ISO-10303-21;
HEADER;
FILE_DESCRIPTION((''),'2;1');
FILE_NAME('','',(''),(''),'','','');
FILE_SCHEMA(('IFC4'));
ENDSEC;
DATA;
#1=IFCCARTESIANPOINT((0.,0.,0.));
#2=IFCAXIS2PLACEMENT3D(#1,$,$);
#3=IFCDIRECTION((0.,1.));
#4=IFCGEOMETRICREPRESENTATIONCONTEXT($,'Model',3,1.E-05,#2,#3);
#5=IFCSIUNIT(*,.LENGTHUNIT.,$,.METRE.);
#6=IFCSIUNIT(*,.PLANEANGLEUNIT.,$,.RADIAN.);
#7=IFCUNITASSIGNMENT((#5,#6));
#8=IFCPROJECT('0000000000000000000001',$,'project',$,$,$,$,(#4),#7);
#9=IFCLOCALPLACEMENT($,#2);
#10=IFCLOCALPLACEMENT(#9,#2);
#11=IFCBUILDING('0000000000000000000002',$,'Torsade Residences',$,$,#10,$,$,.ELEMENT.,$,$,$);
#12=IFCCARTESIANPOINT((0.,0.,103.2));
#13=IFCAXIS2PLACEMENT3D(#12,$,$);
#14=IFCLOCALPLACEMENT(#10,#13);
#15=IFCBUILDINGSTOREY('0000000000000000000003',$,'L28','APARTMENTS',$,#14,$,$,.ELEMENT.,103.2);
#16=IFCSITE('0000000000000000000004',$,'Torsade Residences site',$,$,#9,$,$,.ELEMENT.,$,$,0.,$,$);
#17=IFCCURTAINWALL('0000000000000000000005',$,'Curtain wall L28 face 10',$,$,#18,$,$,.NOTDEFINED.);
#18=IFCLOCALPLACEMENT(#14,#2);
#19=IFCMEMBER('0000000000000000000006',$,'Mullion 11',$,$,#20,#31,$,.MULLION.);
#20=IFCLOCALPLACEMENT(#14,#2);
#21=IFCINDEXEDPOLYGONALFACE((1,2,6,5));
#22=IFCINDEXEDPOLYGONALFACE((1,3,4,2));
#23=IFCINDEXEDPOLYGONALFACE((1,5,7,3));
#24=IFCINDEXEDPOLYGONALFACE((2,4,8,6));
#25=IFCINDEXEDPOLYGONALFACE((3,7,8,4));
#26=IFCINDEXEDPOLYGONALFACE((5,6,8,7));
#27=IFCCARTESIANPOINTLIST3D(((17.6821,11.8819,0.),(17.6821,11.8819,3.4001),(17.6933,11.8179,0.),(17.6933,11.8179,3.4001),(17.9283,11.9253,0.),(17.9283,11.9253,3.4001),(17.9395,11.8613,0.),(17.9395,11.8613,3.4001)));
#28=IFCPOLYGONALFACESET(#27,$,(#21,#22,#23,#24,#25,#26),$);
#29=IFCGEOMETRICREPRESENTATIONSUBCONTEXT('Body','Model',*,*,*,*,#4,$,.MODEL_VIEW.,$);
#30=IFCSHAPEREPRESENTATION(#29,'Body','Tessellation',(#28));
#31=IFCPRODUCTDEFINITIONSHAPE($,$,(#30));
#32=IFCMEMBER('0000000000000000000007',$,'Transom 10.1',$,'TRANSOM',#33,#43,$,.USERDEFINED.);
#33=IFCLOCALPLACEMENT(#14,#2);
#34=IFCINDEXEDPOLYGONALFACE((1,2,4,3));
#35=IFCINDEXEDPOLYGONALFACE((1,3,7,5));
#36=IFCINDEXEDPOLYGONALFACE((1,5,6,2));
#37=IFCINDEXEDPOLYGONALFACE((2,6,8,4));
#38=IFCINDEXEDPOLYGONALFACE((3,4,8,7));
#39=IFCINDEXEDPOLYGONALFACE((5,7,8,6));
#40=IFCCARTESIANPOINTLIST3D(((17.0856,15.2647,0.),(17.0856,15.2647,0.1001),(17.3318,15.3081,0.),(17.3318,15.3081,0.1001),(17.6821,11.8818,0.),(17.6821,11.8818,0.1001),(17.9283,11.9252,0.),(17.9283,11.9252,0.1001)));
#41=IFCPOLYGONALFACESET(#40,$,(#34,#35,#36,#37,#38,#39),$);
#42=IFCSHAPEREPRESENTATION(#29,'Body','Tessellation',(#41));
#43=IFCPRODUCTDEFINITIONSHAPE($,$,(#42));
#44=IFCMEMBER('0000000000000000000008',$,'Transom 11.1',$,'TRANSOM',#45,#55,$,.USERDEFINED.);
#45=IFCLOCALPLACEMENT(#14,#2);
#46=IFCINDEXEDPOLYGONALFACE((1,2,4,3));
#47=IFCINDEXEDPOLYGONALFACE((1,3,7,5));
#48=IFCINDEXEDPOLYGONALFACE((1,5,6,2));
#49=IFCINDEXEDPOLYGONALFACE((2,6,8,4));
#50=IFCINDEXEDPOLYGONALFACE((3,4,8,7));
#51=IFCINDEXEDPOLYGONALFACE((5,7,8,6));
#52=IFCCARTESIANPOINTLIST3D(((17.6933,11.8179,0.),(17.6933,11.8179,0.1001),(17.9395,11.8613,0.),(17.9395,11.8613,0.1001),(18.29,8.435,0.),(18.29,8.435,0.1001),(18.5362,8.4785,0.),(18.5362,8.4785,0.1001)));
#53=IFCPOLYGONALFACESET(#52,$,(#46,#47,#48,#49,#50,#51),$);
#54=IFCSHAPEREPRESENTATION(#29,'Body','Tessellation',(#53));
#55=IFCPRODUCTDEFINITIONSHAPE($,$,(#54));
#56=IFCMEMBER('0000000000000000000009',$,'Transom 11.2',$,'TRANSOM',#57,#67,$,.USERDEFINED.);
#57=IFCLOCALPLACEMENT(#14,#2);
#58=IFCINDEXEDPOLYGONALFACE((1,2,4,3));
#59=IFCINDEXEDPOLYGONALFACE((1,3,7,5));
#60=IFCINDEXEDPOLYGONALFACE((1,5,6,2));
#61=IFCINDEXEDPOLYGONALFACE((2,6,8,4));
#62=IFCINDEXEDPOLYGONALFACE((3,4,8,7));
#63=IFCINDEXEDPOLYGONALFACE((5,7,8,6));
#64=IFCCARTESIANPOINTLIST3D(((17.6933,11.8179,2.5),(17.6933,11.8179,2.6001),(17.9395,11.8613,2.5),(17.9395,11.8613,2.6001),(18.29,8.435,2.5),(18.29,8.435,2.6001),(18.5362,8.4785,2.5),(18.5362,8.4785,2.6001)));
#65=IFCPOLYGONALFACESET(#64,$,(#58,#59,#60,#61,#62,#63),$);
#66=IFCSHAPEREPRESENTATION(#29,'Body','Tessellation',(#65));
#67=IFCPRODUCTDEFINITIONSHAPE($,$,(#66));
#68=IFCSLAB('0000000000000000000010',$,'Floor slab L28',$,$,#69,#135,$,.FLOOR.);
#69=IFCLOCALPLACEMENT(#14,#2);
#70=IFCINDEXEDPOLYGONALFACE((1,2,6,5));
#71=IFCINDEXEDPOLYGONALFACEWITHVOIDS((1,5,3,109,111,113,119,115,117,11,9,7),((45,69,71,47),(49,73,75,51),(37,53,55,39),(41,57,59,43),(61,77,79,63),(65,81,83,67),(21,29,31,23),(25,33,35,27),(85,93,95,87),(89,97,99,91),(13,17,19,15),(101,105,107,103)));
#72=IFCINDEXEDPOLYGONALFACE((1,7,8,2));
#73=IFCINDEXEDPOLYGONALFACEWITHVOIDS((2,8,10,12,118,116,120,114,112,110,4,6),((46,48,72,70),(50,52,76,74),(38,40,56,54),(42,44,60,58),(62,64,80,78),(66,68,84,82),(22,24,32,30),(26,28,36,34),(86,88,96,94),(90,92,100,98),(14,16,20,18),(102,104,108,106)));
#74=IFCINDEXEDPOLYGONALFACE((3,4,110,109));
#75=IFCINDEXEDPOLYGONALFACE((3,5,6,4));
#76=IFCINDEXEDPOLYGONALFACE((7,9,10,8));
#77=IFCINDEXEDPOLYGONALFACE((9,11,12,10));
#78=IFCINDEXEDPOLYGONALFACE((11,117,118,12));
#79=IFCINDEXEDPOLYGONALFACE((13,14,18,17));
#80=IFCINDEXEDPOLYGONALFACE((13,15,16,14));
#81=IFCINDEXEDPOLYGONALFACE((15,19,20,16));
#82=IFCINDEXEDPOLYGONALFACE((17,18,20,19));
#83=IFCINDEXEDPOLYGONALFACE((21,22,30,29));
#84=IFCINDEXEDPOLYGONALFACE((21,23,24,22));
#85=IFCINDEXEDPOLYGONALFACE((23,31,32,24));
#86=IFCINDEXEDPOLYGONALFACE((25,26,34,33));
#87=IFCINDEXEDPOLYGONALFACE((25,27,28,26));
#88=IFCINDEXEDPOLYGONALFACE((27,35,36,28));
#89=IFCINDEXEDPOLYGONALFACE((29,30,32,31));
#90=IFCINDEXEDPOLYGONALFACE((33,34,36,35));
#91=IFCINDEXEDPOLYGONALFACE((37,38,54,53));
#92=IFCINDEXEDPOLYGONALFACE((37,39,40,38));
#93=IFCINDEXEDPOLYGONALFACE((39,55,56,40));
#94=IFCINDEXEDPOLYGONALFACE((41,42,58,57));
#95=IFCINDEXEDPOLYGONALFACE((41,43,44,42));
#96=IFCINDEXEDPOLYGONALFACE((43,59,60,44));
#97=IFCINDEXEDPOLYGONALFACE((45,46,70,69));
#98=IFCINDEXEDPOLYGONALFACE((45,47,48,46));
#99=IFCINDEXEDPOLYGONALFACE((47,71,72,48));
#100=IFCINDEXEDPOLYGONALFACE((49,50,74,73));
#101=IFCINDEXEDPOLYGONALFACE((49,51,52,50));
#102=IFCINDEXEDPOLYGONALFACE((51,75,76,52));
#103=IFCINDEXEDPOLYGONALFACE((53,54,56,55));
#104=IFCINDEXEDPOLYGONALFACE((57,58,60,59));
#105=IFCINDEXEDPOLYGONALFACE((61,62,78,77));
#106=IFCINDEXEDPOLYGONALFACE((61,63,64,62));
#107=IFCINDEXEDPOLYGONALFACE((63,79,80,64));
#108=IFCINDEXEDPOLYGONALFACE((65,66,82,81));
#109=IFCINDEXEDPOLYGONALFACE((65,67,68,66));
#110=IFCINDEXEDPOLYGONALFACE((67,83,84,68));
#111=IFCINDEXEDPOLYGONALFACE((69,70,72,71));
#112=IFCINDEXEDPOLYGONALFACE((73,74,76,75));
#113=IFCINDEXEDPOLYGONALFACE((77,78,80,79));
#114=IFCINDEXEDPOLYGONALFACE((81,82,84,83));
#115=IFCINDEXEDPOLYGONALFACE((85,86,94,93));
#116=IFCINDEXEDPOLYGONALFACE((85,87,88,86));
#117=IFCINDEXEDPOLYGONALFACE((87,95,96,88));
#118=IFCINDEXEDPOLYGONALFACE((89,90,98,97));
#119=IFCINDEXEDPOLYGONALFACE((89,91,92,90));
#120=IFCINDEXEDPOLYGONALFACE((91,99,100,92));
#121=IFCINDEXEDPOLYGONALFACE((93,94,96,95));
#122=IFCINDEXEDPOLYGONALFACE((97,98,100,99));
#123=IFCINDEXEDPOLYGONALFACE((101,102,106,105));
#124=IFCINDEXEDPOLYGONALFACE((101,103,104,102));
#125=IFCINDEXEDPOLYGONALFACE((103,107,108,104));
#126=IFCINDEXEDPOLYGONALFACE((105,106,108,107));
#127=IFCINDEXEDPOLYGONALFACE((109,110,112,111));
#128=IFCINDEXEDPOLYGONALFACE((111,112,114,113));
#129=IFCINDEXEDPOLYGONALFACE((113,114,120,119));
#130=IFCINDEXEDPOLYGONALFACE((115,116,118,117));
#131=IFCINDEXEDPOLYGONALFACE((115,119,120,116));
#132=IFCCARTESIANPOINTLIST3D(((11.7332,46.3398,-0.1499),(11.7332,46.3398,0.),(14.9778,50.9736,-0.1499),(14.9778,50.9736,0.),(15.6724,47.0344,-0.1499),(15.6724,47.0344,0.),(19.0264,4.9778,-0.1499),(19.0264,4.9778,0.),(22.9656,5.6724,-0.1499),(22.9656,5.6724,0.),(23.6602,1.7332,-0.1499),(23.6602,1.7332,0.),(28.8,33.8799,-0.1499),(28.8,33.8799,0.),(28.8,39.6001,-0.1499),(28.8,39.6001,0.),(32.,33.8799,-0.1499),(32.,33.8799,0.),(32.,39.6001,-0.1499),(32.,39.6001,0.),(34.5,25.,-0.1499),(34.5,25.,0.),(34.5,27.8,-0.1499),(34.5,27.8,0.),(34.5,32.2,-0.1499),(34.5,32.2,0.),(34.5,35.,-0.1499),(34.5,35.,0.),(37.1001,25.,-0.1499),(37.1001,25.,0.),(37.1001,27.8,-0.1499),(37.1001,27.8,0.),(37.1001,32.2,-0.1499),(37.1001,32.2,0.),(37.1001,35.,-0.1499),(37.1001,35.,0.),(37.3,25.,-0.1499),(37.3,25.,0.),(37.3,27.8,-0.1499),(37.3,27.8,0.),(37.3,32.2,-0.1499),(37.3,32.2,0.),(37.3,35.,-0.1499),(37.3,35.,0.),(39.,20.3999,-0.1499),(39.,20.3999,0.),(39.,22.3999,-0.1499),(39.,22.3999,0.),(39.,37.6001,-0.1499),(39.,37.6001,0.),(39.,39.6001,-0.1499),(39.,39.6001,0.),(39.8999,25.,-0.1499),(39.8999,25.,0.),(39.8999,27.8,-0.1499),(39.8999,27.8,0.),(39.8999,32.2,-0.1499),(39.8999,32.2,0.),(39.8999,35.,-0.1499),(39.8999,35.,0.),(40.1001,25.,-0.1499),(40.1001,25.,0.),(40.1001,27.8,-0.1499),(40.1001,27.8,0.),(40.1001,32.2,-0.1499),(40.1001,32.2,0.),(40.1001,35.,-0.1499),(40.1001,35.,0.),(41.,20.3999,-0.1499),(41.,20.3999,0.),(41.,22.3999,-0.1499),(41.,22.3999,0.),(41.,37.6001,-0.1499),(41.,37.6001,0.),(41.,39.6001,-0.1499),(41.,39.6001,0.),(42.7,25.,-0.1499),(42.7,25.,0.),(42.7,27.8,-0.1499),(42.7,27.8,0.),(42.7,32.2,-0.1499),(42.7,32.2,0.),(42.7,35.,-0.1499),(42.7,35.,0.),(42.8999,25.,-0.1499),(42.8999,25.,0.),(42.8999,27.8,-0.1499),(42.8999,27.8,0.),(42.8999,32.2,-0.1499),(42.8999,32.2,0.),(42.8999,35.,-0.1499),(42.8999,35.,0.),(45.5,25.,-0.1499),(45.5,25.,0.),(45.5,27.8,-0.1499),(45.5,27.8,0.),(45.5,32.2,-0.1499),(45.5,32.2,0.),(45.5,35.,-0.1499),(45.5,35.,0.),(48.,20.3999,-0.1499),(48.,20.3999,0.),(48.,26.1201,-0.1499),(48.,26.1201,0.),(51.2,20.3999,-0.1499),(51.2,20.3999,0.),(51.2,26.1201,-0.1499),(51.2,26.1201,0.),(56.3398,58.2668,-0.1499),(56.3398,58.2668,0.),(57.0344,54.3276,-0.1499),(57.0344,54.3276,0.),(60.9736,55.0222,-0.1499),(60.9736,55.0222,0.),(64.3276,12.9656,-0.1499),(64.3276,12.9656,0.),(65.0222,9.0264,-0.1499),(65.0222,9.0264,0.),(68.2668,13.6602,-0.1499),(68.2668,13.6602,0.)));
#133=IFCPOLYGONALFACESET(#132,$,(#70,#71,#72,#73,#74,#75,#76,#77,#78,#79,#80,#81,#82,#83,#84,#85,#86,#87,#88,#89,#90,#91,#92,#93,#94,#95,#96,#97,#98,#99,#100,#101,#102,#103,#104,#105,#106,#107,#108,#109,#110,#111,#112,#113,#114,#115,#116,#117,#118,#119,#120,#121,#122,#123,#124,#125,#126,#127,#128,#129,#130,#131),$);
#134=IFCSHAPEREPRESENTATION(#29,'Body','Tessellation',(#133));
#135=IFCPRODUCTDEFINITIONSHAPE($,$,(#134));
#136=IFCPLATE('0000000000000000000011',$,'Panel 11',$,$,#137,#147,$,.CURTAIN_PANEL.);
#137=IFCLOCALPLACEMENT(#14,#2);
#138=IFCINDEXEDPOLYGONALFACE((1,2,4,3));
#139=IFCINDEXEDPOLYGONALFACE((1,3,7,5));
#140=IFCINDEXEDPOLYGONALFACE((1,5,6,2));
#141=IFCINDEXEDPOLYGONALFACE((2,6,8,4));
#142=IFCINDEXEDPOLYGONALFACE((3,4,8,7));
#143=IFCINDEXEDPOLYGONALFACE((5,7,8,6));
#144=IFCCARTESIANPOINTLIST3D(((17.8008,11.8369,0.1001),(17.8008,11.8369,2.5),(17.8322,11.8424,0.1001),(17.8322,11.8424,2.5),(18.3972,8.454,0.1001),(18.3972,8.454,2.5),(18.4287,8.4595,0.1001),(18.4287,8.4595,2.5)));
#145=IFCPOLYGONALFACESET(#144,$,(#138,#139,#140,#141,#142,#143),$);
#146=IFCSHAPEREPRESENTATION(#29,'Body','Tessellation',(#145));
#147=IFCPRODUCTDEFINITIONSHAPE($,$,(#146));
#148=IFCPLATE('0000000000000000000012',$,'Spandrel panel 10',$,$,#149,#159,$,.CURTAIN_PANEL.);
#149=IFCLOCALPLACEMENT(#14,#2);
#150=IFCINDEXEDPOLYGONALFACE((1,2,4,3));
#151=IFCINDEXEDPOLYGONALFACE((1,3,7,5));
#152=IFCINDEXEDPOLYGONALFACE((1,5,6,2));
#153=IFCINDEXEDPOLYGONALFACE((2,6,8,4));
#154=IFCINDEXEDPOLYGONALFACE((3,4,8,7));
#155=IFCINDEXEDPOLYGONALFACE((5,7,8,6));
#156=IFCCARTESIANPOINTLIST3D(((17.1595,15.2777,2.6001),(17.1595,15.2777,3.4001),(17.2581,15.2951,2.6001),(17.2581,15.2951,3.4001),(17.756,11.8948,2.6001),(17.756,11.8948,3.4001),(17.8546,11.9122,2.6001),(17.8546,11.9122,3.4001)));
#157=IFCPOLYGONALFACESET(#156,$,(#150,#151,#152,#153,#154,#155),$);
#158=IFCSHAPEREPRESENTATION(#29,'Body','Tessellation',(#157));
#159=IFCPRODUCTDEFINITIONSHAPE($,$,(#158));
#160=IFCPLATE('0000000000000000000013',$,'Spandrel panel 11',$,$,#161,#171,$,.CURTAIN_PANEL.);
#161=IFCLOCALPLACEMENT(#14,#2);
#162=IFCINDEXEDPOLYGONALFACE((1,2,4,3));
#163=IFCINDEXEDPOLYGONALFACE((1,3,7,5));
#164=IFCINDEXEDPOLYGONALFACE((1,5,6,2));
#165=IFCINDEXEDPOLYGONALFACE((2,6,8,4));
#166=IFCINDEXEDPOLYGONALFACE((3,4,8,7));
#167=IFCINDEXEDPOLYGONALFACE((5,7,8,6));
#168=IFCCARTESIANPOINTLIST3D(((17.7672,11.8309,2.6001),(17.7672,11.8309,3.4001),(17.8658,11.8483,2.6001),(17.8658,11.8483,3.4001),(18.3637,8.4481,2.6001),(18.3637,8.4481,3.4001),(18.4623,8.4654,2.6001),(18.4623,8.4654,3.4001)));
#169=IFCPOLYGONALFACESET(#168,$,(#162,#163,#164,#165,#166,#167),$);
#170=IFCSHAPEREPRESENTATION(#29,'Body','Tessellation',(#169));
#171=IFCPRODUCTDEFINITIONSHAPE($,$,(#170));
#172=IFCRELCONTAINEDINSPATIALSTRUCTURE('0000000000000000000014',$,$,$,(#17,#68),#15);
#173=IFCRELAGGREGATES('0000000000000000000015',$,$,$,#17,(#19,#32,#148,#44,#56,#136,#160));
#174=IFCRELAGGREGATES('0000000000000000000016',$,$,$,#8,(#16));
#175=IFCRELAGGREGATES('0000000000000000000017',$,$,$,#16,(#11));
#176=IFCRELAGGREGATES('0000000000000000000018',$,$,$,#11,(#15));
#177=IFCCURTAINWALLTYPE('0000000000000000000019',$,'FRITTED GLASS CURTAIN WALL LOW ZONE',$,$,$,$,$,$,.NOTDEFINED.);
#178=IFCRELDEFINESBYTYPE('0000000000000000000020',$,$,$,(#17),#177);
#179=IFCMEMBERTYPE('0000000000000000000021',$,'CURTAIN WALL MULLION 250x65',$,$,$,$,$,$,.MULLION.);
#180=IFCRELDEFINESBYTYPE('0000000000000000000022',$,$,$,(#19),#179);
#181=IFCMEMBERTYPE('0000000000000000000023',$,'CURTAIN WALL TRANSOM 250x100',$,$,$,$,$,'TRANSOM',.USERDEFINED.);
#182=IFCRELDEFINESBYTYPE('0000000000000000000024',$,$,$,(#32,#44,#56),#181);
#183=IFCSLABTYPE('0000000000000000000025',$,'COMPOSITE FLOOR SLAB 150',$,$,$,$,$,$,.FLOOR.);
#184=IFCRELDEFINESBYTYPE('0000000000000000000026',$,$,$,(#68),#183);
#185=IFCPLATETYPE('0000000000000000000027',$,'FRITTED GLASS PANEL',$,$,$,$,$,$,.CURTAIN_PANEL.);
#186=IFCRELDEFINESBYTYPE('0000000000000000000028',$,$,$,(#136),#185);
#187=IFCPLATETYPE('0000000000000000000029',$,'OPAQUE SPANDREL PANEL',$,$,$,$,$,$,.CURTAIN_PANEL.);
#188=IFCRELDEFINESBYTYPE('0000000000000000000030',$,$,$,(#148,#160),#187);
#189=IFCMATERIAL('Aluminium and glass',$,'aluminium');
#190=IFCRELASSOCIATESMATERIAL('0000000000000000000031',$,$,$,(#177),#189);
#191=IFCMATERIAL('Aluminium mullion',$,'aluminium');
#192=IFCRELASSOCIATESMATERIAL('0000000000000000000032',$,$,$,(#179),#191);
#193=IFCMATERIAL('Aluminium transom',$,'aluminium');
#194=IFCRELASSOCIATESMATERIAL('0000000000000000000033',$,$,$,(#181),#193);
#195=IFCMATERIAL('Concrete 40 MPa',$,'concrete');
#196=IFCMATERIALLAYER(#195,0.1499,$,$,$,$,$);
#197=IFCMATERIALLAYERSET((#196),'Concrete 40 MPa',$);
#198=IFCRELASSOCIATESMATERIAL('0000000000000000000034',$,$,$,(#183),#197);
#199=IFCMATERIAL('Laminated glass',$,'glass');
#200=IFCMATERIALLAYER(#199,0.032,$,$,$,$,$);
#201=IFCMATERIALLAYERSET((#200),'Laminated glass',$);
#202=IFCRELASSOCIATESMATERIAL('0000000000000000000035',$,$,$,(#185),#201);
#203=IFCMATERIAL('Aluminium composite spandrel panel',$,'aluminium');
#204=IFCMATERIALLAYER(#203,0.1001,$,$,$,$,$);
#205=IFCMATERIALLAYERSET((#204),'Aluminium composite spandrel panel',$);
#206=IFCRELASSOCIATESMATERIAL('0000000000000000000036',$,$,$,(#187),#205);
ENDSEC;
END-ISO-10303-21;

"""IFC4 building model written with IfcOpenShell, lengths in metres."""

from ifc_helpers import new_model, si_unit, direction, frame, origin, origin_2d, place, context, subcontext, project, spatial, polyline, rectangle, outline, extrude, material, layer, layer_set, material_profile, profile_set, type_object, element, aggregate, save


model = new_model("IFC4")

# Units and contexts
model_context = context("Model", 3, precision=1e-05, world=origin(), true_north=direction((0.0, 1.0)))
body_context = subcontext(model_context, "Body", "Model", "MODEL_VIEW")
ifc_project = project(units=[si_unit("LENGTHUNIT", "METRE"), si_unit("PLANEANGLEUNIT", "RADIAN")], contexts=[model_context])

# Site, building, storey
site_placement = place(None, origin())
site = spatial("IfcSite", under=ifc_project, at=site_placement, Name="Torsade Residences site", CompositionType="ELEMENT", RefElevation=0.0)
building_placement = place(site_placement, origin())
building = spatial("IfcBuilding", under=site, at=building_placement, Name="Torsade Residences", CompositionType="ELEMENT")
storey_placement = place(building_placement, frame((0.0, 0.0, 103.2)))
storey = spatial("IfcBuildingStorey", under=building, at=storey_placement, Name="L28", Description="APARTMENTS", CompositionType="ELEMENT", Elevation=103.2)

# Curtain wall, members
ifc_material_1 = material(Name="Aluminium and glass", Category="aluminium")
curtain_wall_type = type_object("IfcCurtainWallType", Name="FRITTED GLASS CURTAIN WALL LOW ZONE", PredefinedType="NOTDEFINED", material=ifc_material_1)
curtain_wall_placement = place(storey_placement, origin())
curtain_wall = element("IfcCurtainWall", 1, at=curtain_wall_placement, inside=storey, type_object=curtain_wall_type, Name="Curtain wall L28 face 10", PredefinedType="NOTDEFINED")
ifc_material_2 = material(Name="Aluminium mullion", Category="aluminium")
ifc_material_profile_1 = material_profile(ifc_material_2, rectangle(XDim=0.25, YDim=0.0649, at=origin_2d()), Name="CURTAIN WALL MULLION 250x65")
ifc_profile_set_1 = profile_set([ifc_material_profile_1], Name="Aluminium mullion")
member_type_1 = type_object("IfcMemberType", Name="CURTAIN WALL MULLION 250x65", PredefinedType="MULLION", material=ifc_profile_set_1)
member_1_placement = place(storey_placement, frame((17.8108, 11.8716, 0.0), z_axis=(0.0, 0.0, 1.0), x_axis=(0.984808, 0.173648, 0.0)))
member_1 = element("IfcMember", 2, at=member_1_placement, type_object=member_type_1, Name="Mullion 11", PredefinedType="MULLION", context=body_context, shape_type="SweptSolid", body=[
    extrude(rectangle(XDim=0.25, YDim=0.0649, at=origin_2d()), origin(), (0.0, 0.0, 1.0), 3.4001),
])
ifc_material_3 = material(Name="Aluminium transom", Category="aluminium")
ifc_material_profile_2 = material_profile(ifc_material_3, rectangle(XDim=0.25, YDim=0.1001, at=origin_2d()), Name="CURTAIN WALL TRANSOM 250x100")
ifc_profile_set_2 = profile_set([ifc_material_profile_2], Name="Aluminium transom")
member_type_2 = type_object("IfcMemberType", Name="CURTAIN WALL TRANSOM 250x100", ElementType="TRANSOM", PredefinedType="USERDEFINED", material=ifc_profile_set_2)
member_2_placement = place(storey_placement, frame((17.2087, 15.2864, 0.05), z_axis=(0.173635, -0.98481, 0.0), x_axis=(0.98481, 0.173635, 0.0)))
member_2 = element("IfcMember", 3, at=member_2_placement, type_object=member_type_2, Name="Transom 10.1", ObjectType="TRANSOM", PredefinedType="USERDEFINED", context=body_context, shape_type="SweptSolid", body=[
    extrude(rectangle(XDim=0.25, YDim=0.1001, at=origin_2d()), origin(), (0.0, 0.0, 1.0), 3.4351),
])
member_3_placement = place(storey_placement, frame((17.8164, 11.8396, 0.05), z_axis=(0.173704, -0.984798, 0.0), x_axis=(0.984798, 0.173704, 0.0)))
member_3 = element("IfcMember", 4, at=member_3_placement, type_object=member_type_2, Name="Transom 11.1", ObjectType="TRANSOM", PredefinedType="USERDEFINED", context=body_context, shape_type="SweptSolid", body=[
    extrude(rectangle(XDim=0.25, YDim=0.1001, at=origin_2d()), origin(), (0.0, 0.0, 1.0), 3.4351),
])
member_4_placement = place(storey_placement, frame((17.8164, 11.8396, 2.55), z_axis=(0.173704, -0.984798, 0.0), x_axis=(0.984798, 0.173704, 0.0)))
member_4 = element("IfcMember", 5, at=member_4_placement, type_object=member_type_2, Name="Transom 11.2", ObjectType="TRANSOM", PredefinedType="USERDEFINED", context=body_context, shape_type="SweptSolid", body=[
    extrude(rectangle(XDim=0.25, YDim=0.1001, at=origin_2d()), origin(), (0.0, 0.0, 1.0), 3.4351),
])

# Slab
ifc_material_4 = material(Name="Concrete 40 MPa", Category="concrete")
ifc_layer_1 = layer(ifc_material_4, 0.1499)
ifc_layer_set_1 = layer_set([ifc_layer_1], Name="Concrete 40 MPa")
slab_type_1 = type_object("IfcSlabType", Name="COMPOSITE FLOOR SLAB 150", PredefinedType="FLOOR", material=ifc_layer_set_1)
slab_1_placement = place(storey_placement, frame((0.0, 0.0, -0.1499)))
element("IfcSlab", 6, at=slab_1_placement, inside=storey, type_object=slab_type_1, Name="Floor slab L28", PredefinedType="FLOOR", context=body_context, shape_type="SweptSolid", body=[
    extrude(outline(polyline([(23.6602, 1.7332), (65.0222, 9.0264), (64.3276, 12.9656), (68.2668, 13.6602), (60.9736, 55.0222), (57.0344, 54.3276), (56.3398, 58.2668), (14.9778, 50.9736), (15.6724, 47.0344), (11.7332, 46.3398), (19.0264, 4.9778), (22.9656, 5.6724), (23.6602, 1.7332)]), holes=[polyline([(51.2, 20.3999), (51.2, 26.1201), (48.0, 26.1201), (48.0, 20.3999), (51.2, 20.3999)]), polyline([(45.5, 27.8), (42.8999, 27.8), (42.8999, 25.0), (45.5, 25.0), (45.5, 27.8)]), polyline([(45.5, 32.2), (45.5, 35.0), (42.8999, 35.0), (42.8999, 32.2), (45.5, 32.2)]), polyline([(42.7, 25.0), (42.7, 27.8), (40.1001, 27.8), (40.1001, 25.0), (42.7, 25.0)]), polyline([(42.7, 32.2), (42.7, 35.0), (40.1001, 35.0), (40.1001, 32.2), (42.7, 32.2)]), polyline([(41.0, 22.3999), (39.0, 22.3999), (39.0, 20.3999), (41.0, 20.3999), (41.0, 22.3999)]), polyline([(41.0, 37.6001), (41.0, 39.6001), (39.0, 39.6001), (39.0, 37.6001), (41.0, 37.6001)]), polyline([(39.8999, 25.0), (39.8999, 27.8), (37.3, 27.8), (37.3, 25.0), (39.8999, 25.0)]), polyline([(39.8999, 35.0), (37.3, 35.0), (37.3, 32.2), (39.8999, 32.2), (39.8999, 35.0)]), polyline([(37.1001, 27.8), (34.5, 27.8), (34.5, 25.0), (37.1001, 25.0), (37.1001, 27.8)]), polyline([(37.1001, 32.2), (37.1001, 35.0), (34.5, 35.0), (34.5, 32.2), (37.1001, 32.2)]), polyline([(32.0, 33.8799), (32.0, 39.6001), (28.8, 39.6001), (28.8, 33.8799), (32.0, 33.8799)])]), origin(), (0.0, 0.0, 1.0), 0.1499),
])

# Plates
ifc_material_5 = material(Name="Laminated glass", Category="glass")
ifc_layer_2 = layer(ifc_material_5, 0.032)
ifc_layer_set_2 = layer_set([ifc_layer_2], Name="Laminated glass")
plate_type_1 = type_object("IfcPlateType", Name="FRITTED GLASS PANEL", PredefinedType="CURTAIN_PANEL", material=ifc_layer_set_2)
plate_1_placement = place(storey_placement, frame((18.1147, 10.1482, 0.1001), z_axis=(0.0, 0.0, 1.0), x_axis=(0.173648, -0.984808, 0.0)))
plate_1 = element("IfcPlate", 7, at=plate_1_placement, type_object=plate_type_1, Name="Panel 11", PredefinedType="CURTAIN_PANEL", context=body_context, shape_type="SweptSolid", body=[
    extrude(rectangle(XDim=3.4351, YDim=0.032, at=origin_2d()), origin(), (0.0, 0.0, 1.0), 2.3999),
])
ifc_material_6 = material(Name="Aluminium composite spandrel panel", Category="aluminium")
ifc_layer_3 = layer(ifc_material_6, 0.1001)
ifc_layer_set_3 = layer_set([ifc_layer_3], Name="Aluminium composite spandrel panel")
plate_type_2 = type_object("IfcPlateType", Name="OPAQUE SPANDREL PANEL", PredefinedType="CURTAIN_PANEL", material=ifc_layer_set_3)
plate_2_placement = place(storey_placement, frame((17.5071, 13.595, 2.6001), z_axis=(0.0, 0.0, 1.0), x_axis=(0.173648, -0.984808, 0.0)))
plate_2 = element("IfcPlate", 8, at=plate_2_placement, type_object=plate_type_2, Name="Spandrel panel 10", PredefinedType="CURTAIN_PANEL", context=body_context, shape_type="SweptSolid", body=[
    extrude(rectangle(XDim=3.4351, YDim=0.1001, at=origin_2d()), origin(), (0.0, 0.0, 1.0), 0.8),
])
plate_3_placement = place(storey_placement, frame((18.1147, 10.1482, 2.6001), z_axis=(0.0, 0.0, 1.0), x_axis=(0.173648, -0.984808, 0.0)))
plate_3 = element("IfcPlate", 9, at=plate_3_placement, type_object=plate_type_2, Name="Spandrel panel 11", PredefinedType="CURTAIN_PANEL", context=body_context, shape_type="SweptSolid", body=[
    extrude(rectangle(XDim=3.4351, YDim=0.1001, at=origin_2d()), origin(), (0.0, 0.0, 1.0), 0.8),
])
aggregate(curtain_wall, [member_1, member_2, plate_2, member_3, member_4, plate_1, plate_3])

save(model, "model.ifc")
